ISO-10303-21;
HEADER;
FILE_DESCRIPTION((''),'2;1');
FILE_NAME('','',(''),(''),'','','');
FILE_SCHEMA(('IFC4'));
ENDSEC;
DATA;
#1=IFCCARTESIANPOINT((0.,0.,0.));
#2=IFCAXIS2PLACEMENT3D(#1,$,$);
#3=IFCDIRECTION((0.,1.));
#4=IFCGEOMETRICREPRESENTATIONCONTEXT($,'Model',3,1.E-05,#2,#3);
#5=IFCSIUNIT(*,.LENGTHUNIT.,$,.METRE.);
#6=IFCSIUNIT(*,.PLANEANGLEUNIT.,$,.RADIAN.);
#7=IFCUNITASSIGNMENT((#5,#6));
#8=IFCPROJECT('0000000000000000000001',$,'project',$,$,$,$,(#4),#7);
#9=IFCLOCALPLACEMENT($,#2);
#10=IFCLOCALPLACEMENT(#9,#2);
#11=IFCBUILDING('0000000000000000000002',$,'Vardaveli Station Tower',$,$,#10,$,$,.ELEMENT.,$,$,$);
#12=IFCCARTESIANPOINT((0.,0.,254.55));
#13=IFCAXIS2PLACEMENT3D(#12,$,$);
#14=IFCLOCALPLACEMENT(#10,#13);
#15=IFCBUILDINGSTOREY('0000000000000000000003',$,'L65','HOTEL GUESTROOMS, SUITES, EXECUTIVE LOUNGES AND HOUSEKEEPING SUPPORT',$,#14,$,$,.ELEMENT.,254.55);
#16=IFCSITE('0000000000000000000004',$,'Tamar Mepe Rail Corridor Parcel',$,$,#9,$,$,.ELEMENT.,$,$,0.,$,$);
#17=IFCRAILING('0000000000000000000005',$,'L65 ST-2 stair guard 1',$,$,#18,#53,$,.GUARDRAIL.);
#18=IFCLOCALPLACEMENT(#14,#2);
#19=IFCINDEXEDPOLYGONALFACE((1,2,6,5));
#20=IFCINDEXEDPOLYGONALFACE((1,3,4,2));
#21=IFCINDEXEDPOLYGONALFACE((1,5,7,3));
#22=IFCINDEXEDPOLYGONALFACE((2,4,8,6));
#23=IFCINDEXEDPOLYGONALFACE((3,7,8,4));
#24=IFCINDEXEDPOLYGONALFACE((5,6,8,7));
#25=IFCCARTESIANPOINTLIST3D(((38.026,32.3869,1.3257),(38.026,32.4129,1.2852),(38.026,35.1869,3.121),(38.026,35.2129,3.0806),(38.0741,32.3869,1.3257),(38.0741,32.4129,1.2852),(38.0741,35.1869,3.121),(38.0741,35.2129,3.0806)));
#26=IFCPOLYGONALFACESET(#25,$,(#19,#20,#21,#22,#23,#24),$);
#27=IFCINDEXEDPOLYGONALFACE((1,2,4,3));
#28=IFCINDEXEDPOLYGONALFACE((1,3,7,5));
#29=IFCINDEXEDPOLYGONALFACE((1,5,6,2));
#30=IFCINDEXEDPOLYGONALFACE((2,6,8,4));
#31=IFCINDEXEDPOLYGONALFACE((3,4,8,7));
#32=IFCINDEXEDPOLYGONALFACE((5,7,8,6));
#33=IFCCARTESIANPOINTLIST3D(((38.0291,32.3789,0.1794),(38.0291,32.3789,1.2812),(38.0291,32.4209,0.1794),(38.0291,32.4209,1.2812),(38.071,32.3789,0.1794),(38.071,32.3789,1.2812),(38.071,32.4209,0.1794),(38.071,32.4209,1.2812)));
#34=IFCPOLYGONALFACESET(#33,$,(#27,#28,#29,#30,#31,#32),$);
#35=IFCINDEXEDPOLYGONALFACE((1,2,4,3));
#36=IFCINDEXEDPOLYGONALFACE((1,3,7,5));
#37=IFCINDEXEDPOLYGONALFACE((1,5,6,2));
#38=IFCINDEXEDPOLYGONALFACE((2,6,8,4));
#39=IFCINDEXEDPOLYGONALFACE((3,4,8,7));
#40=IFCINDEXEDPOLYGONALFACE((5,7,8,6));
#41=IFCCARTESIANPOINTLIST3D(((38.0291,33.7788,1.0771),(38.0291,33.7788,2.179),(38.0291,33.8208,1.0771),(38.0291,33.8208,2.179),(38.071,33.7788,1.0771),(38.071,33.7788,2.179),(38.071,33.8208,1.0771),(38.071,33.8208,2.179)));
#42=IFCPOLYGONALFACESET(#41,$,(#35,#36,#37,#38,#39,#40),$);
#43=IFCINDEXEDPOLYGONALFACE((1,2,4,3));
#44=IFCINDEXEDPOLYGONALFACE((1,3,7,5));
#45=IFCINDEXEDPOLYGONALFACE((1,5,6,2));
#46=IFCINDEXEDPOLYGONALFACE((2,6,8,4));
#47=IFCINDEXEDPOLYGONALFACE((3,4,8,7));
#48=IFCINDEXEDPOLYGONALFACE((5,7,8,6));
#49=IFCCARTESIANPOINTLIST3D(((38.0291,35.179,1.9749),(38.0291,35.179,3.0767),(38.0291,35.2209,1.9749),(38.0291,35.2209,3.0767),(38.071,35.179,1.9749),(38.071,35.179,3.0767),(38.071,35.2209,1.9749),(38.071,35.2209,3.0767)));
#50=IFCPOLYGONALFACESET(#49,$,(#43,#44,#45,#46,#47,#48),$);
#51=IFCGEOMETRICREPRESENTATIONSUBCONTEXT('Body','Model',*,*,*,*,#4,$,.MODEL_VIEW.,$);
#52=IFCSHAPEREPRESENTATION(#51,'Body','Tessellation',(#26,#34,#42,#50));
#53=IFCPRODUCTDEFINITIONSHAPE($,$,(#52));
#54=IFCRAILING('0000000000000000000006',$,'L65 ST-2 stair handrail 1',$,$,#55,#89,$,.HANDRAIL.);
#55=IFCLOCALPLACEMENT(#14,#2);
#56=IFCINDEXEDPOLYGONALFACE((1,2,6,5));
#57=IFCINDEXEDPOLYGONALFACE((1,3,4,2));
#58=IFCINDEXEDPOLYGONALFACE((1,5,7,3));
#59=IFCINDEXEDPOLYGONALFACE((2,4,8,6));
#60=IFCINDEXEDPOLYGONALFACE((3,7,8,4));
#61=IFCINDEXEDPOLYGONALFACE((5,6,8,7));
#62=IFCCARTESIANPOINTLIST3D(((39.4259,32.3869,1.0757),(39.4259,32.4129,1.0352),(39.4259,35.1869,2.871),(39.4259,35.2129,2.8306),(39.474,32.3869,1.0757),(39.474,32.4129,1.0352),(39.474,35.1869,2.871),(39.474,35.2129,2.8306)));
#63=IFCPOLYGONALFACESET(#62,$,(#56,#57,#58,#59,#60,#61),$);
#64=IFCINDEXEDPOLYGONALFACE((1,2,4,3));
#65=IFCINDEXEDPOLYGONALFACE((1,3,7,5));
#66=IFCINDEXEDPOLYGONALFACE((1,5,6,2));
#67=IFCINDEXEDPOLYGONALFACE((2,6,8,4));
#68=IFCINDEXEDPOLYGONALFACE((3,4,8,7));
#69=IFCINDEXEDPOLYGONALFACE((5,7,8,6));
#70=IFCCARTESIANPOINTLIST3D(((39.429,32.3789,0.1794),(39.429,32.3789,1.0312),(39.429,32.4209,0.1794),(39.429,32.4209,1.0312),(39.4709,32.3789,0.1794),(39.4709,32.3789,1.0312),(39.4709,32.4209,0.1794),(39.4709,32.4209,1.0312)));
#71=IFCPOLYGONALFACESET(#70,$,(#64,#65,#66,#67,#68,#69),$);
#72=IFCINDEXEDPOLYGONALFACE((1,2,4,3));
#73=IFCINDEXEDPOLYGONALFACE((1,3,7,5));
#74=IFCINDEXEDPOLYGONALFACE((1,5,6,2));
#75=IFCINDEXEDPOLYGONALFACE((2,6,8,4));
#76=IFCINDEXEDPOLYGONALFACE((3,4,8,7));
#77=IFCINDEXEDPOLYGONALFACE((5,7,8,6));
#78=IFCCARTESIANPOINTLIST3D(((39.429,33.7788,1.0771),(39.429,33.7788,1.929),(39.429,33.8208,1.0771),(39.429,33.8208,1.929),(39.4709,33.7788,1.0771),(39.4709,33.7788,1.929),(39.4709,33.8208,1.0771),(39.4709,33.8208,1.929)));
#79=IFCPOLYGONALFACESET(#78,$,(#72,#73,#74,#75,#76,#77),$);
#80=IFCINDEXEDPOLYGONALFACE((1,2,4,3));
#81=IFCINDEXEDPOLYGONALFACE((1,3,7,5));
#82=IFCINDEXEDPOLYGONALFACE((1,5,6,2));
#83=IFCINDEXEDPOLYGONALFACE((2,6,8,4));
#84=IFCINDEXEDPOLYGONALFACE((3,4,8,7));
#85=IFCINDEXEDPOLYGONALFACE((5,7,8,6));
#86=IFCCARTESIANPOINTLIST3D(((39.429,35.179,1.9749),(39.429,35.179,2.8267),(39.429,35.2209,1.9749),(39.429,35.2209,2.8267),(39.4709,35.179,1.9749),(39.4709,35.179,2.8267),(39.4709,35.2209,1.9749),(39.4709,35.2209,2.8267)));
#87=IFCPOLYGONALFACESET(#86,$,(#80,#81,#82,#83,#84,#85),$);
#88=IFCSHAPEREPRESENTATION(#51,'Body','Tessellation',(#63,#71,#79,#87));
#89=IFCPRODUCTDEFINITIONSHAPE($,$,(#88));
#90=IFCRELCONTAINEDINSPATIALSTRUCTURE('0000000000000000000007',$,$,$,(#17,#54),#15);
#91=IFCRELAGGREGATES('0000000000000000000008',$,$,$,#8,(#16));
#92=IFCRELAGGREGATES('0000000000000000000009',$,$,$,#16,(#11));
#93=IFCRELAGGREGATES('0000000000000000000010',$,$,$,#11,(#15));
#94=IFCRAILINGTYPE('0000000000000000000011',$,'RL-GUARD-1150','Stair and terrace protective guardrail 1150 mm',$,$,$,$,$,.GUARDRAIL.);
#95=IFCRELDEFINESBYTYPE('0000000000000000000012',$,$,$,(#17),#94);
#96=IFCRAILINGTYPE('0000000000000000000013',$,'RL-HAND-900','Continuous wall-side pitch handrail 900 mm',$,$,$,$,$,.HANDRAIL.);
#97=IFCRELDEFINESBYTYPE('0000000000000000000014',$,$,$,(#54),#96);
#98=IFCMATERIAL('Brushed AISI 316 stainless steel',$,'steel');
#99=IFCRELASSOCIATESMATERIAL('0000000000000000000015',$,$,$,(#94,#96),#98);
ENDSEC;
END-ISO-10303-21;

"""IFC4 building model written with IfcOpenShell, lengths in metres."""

from ifc_helpers import new_model, si_unit, direction, frame, origin, origin_2d, place, context, subcontext, project, spatial, rectangle, extrude, source, transform, mapped, material, type_object, element, save


model = new_model("IFC4")

# Units and contexts
model_context = context("Model", 3, precision=1e-05, world=origin(), true_north=direction((0.0, 1.0)))
body_context = subcontext(model_context, "Body", "Model", "MODEL_VIEW")
ifc_project = project(units=[si_unit("LENGTHUNIT", "METRE"), si_unit("PLANEANGLEUNIT", "RADIAN")], contexts=[model_context])

# Site, building, storey
site_placement = place(None, origin())
site = spatial("IfcSite", under=ifc_project, at=site_placement, Name="Tamar Mepe Rail Corridor Parcel", CompositionType="ELEMENT", RefElevation=0.0)
building_placement = place(site_placement, origin())
building = spatial("IfcBuilding", under=site, at=building_placement, Name="Vardaveli Station Tower", CompositionType="ELEMENT")
storey_placement = place(building_placement, frame((0.0, 0.0, 254.55)))
storey = spatial("IfcBuildingStorey", under=building, at=storey_placement, Name="L65", Description="HOTEL GUESTROOMS, SUITES, EXECUTIVE LOUNGES AND HOUSEKEEPING SUPPORT", CompositionType="ELEMENT", Elevation=254.55)

# Railings
ifc_material_1 = material(Name="Brushed AISI 316 stainless steel", Category="steel")
railing_type_1 = type_object("IfcRailingType", Name="RL-GUARD-1150", Description="Stair and terrace protective guardrail 1150 mm", PredefinedType="GUARDRAIL", material=ifc_material_1)
shared_shape_1 = source(origin(), body_context, "Body", "SweptSolid", [
    extrude(rectangle(XDim=0.0481, YDim=0.0481, at=origin_2d()), frame((0.0, 0.0, 1.126), z_axis=(0.0, 0.84181, 0.539774), x_axis=(-1.0, 0.0, 0.0)), (0.0, 0.0, 1.0), 3.3262),
    extrude(rectangle(XDim=0.042, YDim=0.042, at=origin_2d()), origin(), (0.0, 0.0, 1.0), 1.1018),
    extrude(rectangle(XDim=0.042, YDim=0.042, at=origin_2d()), frame((0.0, 1.3999, 0.8977)), (0.0, 0.0, 1.0), 1.1018),
    extrude(rectangle(XDim=0.042, YDim=0.042, at=origin_2d()), frame((0.0, 2.8, 1.7954)), (0.0, 0.0, 1.0), 1.1018),
])
railing_1_placement = place(storey_placement, frame((38.05, 32.3999, 0.1794)))
element("IfcRailing", 1, at=railing_1_placement, inside=storey, type_object=railing_type_1, Name="L65 ST-2 stair guard 1", PredefinedType="GUARDRAIL", context=body_context, shape_type="MappedRepresentation", body=[
    mapped(shared_shape_1, transform((0.0, 0.0, 0.0), scale=1.0)),
])
railing_type_2 = type_object("IfcRailingType", Name="RL-HAND-900", Description="Continuous wall-side pitch handrail 900 mm", PredefinedType="HANDRAIL", material=ifc_material_1)
shared_shape_2 = source(origin(), body_context, "Body", "SweptSolid", [
    extrude(rectangle(XDim=0.0481, YDim=0.0481, at=origin_2d()), frame((0.0, 0.0, 0.876), z_axis=(0.0, 0.84181, 0.539774), x_axis=(-1.0, 0.0, 0.0)), (0.0, 0.0, 1.0), 3.3262),
    extrude(rectangle(XDim=0.042, YDim=0.042, at=origin_2d()), origin(), (0.0, 0.0, 1.0), 0.8518),
    extrude(rectangle(XDim=0.042, YDim=0.042, at=origin_2d()), frame((0.0, 1.3999, 0.8977)), (0.0, 0.0, 1.0), 0.8518),
    extrude(rectangle(XDim=0.042, YDim=0.042, at=origin_2d()), frame((0.0, 2.8, 1.7954)), (0.0, 0.0, 1.0), 0.8518),
])
railing_2_placement = place(storey_placement, frame((39.45, 32.3999, 0.1794)))
element("IfcRailing", 2, at=railing_2_placement, inside=storey, type_object=railing_type_2, Name="L65 ST-2 stair handrail 1", PredefinedType="HANDRAIL", context=body_context, shape_type="MappedRepresentation", body=[
    mapped(shared_shape_2, transform((0.0, 0.0, 0.0), scale=1.0)),
])

save(model, "model.ifc")
